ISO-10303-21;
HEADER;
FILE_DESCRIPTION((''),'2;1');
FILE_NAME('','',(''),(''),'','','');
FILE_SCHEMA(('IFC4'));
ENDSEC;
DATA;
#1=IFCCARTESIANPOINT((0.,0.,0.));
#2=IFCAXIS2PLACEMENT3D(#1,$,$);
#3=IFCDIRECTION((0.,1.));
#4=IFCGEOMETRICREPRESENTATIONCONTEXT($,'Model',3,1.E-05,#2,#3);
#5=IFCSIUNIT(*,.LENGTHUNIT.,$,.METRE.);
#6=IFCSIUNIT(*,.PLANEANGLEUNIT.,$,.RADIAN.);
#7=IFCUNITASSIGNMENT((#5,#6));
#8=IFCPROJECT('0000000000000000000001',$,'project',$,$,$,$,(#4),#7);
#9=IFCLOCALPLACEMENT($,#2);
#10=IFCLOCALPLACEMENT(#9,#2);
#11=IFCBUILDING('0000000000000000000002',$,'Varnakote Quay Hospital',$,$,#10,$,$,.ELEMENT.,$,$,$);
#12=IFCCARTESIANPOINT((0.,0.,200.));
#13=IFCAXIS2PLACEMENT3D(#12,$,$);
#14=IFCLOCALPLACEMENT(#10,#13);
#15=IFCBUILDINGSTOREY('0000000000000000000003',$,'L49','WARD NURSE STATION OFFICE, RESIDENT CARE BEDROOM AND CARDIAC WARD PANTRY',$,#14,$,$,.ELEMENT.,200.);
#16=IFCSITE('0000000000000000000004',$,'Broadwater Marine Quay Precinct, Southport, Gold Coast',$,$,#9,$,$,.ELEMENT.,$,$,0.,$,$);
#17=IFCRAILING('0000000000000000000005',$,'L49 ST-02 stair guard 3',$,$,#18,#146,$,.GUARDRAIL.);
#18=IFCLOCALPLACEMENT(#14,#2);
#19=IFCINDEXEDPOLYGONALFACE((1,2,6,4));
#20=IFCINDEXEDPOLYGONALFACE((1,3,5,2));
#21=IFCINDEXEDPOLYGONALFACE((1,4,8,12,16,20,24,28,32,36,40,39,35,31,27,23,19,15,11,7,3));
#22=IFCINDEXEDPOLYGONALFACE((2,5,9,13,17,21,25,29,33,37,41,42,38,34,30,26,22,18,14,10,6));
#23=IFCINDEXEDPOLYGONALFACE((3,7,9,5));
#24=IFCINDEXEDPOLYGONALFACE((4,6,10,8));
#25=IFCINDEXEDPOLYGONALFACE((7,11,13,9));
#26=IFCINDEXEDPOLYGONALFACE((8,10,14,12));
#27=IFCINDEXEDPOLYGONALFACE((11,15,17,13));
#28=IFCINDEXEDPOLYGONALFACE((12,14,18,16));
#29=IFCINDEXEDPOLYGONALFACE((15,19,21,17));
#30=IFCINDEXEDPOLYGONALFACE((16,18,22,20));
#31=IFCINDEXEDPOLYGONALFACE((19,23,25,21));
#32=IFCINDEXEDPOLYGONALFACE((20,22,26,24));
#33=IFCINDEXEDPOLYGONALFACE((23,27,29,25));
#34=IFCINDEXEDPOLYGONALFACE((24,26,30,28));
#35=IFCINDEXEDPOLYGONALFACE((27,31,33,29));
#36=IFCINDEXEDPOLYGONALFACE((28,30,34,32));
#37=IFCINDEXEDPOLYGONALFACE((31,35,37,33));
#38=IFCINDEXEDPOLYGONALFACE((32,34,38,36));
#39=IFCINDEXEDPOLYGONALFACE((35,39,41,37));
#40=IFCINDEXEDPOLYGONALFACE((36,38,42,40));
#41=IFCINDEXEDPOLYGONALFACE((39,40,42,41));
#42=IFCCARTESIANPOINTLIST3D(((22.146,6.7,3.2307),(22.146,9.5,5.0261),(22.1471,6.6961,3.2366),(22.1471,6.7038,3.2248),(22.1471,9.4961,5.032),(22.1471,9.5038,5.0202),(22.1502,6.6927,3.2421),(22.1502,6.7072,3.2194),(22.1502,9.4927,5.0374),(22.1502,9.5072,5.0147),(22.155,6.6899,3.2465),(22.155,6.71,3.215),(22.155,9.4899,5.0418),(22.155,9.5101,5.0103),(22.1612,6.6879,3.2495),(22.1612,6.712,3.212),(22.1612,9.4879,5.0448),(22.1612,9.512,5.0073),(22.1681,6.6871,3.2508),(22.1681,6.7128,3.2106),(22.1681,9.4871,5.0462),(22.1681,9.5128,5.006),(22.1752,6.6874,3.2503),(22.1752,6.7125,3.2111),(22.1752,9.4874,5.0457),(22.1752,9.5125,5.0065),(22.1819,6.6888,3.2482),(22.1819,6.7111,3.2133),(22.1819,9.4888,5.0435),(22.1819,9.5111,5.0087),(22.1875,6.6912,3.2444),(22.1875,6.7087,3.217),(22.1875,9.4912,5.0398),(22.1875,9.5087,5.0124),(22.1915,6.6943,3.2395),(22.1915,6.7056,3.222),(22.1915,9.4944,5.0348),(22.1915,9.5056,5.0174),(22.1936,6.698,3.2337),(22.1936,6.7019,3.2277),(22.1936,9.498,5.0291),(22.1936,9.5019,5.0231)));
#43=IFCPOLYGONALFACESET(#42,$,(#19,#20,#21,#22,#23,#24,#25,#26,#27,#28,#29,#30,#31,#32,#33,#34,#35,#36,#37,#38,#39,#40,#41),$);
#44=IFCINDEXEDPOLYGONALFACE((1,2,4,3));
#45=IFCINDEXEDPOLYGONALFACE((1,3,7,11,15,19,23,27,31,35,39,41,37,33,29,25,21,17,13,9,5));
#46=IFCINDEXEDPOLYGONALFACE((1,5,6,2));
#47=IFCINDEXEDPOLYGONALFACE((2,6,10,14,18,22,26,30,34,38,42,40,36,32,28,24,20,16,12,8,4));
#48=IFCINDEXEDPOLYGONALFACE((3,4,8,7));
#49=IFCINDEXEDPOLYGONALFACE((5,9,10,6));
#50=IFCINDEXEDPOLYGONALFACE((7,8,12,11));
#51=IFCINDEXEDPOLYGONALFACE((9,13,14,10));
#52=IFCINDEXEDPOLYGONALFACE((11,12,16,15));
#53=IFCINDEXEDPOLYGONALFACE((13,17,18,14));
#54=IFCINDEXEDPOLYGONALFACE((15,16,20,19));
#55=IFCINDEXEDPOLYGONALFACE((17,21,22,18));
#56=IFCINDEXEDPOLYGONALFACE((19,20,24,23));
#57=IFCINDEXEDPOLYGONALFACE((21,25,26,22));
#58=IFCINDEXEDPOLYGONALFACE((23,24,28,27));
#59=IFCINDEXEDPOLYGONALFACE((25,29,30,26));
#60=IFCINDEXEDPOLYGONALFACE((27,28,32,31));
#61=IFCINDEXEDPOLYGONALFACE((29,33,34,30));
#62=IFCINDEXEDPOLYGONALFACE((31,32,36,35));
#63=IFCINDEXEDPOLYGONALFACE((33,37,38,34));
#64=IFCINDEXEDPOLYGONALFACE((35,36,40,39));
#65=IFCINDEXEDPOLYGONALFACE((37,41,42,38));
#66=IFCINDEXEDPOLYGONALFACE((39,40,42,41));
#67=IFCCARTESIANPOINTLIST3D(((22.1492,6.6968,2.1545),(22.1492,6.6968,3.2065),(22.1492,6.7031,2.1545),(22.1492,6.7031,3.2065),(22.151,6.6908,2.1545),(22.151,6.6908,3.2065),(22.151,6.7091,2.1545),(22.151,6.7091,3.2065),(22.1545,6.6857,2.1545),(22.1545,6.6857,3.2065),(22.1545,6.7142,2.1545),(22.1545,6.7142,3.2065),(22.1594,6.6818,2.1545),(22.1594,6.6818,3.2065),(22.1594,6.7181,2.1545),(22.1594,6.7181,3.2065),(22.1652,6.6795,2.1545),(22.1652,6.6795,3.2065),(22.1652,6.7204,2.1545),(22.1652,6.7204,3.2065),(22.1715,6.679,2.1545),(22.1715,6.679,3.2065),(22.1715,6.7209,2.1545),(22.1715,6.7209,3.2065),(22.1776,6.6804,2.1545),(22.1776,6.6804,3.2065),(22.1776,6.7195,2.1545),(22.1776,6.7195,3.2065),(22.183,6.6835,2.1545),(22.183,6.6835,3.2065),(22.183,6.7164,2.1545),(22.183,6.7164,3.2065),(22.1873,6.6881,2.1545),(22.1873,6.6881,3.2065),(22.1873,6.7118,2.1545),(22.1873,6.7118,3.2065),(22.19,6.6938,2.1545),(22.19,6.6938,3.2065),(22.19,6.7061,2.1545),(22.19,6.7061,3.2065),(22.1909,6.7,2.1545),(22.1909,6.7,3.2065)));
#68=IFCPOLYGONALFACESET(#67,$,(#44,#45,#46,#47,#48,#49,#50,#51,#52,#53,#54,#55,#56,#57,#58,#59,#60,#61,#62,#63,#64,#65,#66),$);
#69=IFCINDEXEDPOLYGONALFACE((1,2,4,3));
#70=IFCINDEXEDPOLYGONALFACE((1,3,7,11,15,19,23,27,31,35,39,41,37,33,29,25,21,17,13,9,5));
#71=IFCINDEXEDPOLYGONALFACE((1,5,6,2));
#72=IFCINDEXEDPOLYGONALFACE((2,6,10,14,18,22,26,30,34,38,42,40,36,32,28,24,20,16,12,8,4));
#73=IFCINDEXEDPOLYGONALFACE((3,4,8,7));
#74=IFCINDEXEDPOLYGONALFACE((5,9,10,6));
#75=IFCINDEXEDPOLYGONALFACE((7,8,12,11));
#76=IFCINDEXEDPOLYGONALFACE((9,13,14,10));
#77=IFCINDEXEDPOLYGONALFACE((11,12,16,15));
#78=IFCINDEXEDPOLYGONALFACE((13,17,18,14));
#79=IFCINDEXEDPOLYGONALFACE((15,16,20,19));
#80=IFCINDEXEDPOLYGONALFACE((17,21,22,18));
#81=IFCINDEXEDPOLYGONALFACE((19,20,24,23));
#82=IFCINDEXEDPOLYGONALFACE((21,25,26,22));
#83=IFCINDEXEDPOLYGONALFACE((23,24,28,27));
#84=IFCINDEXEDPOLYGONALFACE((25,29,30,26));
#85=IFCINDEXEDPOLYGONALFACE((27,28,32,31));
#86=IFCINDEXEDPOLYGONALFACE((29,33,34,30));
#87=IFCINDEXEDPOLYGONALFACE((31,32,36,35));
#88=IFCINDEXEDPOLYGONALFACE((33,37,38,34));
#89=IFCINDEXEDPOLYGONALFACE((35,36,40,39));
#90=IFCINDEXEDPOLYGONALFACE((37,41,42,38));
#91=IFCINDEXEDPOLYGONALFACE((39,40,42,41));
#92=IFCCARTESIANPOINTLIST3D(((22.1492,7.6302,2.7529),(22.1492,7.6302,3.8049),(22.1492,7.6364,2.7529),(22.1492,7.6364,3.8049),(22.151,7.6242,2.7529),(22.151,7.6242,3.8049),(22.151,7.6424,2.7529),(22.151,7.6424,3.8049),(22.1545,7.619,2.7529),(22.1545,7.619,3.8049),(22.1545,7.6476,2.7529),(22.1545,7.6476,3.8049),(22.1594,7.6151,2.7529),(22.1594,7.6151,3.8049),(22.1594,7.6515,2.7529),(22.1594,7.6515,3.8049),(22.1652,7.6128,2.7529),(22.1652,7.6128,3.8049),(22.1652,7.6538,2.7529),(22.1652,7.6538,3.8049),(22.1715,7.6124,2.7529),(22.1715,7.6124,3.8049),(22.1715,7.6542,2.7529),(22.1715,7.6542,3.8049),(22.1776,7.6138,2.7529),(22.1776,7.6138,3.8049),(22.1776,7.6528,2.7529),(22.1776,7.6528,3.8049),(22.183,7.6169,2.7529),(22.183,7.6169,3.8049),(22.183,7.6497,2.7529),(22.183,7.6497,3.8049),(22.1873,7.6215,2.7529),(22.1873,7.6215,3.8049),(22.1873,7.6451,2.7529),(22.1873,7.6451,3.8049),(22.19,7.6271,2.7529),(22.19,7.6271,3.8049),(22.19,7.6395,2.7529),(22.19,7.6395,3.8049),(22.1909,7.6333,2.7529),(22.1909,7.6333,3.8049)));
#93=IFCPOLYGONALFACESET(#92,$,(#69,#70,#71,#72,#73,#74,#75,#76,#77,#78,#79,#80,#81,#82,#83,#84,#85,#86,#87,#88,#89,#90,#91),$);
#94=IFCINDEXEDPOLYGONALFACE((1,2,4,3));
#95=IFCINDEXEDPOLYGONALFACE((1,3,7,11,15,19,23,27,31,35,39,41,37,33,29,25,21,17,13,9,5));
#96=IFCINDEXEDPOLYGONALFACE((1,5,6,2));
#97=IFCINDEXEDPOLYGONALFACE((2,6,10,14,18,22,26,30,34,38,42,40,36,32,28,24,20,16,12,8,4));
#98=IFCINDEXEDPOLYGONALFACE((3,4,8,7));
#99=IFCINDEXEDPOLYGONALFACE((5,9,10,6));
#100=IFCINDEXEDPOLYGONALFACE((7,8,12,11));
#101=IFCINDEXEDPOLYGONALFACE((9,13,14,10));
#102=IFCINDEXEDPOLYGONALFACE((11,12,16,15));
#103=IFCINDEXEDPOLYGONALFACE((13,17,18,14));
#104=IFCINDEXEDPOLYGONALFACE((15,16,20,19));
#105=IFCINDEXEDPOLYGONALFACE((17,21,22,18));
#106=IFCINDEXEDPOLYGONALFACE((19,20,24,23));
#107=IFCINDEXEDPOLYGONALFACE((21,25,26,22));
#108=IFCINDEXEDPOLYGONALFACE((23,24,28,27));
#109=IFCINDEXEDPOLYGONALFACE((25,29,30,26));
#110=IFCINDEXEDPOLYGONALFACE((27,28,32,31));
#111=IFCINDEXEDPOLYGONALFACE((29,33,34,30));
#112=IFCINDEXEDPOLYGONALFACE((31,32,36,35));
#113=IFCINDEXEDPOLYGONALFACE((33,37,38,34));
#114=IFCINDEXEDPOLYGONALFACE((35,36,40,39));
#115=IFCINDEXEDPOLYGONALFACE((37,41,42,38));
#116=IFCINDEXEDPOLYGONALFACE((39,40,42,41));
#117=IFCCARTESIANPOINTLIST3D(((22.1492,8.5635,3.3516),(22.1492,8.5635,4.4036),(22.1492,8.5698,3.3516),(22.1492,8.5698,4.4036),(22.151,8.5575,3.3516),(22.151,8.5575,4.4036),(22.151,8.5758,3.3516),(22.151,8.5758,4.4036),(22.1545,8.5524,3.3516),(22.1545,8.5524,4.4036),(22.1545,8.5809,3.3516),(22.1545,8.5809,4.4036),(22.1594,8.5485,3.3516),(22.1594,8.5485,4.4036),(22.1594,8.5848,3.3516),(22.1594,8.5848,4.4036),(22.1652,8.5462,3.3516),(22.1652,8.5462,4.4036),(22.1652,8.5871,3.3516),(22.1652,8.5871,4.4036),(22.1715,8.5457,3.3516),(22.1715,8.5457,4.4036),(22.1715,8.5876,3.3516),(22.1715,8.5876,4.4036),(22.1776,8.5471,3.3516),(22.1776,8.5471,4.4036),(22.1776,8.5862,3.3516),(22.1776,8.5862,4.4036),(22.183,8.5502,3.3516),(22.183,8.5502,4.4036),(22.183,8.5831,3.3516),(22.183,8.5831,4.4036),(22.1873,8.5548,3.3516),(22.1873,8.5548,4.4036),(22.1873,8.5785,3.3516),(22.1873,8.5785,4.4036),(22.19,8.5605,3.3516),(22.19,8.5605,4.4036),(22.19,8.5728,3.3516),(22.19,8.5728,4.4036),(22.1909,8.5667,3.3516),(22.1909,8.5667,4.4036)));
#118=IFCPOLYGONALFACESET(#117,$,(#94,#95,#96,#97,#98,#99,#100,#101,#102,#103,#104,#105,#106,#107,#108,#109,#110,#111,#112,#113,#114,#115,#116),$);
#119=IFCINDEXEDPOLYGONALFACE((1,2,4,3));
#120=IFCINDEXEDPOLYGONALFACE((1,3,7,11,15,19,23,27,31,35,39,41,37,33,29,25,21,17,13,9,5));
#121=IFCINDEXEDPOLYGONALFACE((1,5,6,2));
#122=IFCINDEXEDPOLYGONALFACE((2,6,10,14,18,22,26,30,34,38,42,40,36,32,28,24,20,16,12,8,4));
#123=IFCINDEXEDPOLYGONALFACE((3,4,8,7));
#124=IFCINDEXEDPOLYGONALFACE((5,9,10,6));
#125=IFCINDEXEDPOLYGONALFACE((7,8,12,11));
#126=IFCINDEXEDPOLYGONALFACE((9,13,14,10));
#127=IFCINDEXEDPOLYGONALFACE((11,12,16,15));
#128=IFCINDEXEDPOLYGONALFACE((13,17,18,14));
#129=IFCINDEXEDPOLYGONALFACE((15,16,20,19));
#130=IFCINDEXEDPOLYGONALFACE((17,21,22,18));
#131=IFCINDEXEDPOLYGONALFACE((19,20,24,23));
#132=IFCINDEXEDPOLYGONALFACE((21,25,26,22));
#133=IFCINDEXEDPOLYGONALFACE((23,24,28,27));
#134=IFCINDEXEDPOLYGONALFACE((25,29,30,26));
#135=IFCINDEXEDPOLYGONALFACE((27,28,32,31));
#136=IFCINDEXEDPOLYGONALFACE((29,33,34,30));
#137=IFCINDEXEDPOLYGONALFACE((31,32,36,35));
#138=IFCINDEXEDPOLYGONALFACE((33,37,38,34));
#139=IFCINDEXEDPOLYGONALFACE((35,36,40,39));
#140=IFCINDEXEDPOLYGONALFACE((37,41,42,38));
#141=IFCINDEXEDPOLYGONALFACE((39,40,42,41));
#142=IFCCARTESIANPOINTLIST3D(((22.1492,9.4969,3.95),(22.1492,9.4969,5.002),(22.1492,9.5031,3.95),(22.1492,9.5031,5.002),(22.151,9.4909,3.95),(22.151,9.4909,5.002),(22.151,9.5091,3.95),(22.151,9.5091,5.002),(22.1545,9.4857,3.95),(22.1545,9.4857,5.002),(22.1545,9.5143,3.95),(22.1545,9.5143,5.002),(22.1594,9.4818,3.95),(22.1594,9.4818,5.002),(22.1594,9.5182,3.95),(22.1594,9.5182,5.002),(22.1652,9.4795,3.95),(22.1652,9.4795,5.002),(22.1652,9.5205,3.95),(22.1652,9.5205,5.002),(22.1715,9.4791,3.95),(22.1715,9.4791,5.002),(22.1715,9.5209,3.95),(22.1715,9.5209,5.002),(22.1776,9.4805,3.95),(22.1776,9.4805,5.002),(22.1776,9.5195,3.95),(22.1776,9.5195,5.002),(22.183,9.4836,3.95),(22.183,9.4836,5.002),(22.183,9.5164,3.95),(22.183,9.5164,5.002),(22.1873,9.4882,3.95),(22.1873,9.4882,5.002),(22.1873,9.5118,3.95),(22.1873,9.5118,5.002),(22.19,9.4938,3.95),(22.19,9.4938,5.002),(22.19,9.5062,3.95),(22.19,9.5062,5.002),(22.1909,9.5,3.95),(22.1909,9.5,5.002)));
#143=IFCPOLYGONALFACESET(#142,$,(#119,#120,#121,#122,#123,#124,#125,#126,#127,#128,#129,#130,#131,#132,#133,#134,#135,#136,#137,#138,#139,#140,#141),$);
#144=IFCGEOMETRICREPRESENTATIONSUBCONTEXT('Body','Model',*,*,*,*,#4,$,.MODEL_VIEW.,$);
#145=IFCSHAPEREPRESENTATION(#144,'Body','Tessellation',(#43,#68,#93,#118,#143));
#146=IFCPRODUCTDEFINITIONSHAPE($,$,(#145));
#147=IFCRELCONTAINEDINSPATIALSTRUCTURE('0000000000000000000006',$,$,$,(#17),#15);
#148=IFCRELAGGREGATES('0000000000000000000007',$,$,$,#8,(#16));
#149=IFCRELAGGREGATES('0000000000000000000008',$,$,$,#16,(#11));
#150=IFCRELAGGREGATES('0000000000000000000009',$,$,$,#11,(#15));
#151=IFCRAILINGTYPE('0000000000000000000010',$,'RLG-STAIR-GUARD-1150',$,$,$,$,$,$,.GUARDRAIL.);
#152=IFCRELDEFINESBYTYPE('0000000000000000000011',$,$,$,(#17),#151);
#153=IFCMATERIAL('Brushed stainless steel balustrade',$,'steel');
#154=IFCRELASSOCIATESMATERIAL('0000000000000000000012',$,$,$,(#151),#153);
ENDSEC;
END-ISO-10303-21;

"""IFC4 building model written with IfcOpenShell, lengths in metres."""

from ifc_helpers import new_model, si_unit, direction, frame, origin, origin_2d, place, context, subcontext, project, spatial, circle, extrude, material, type_object, element, save


model = new_model("IFC4")

# Units and contexts
model_context = context("Model", 3, precision=1e-05, world=origin(), true_north=direction((0.0, 1.0)))
body_context = subcontext(model_context, "Body", "Model", "MODEL_VIEW")
ifc_project = project(units=[si_unit("LENGTHUNIT", "METRE"), si_unit("PLANEANGLEUNIT", "RADIAN")], contexts=[model_context])

# Site, building, storey
site_placement = place(None, origin())
site = spatial("IfcSite", under=ifc_project, at=site_placement, Name="Broadwater Marine Quay Precinct, Southport, Gold Coast", CompositionType="ELEMENT", RefElevation=0.0)
building_placement = place(site_placement, origin())
building = spatial("IfcBuilding", under=site, at=building_placement, Name="Varnakote Quay Hospital", CompositionType="ELEMENT")
storey_placement = place(building_placement, frame((0.0, 0.0, 200.0)))
storey = spatial("IfcBuildingStorey", under=building, at=storey_placement, Name="L49", Description="WARD NURSE STATION OFFICE, RESIDENT CARE BEDROOM AND CARDIAC WARD PANTRY", CompositionType="ELEMENT", Elevation=200.0)

# Railing
ifc_material_1 = material(Name="Brushed stainless steel balustrade", Category="steel")
railing_type_1 = type_object("IfcRailingType", Name="RLG-STAIR-GUARD-1150", PredefinedType="GUARDRAIL", material=ifc_material_1)
railing_1_placement = place(storey_placement, frame((22.1699, 6.7, 2.1545)))
element("IfcRailing", 1, at=railing_1_placement, inside=storey, type_object=railing_type_1, Name="L49 ST-02 stair guard 3", PredefinedType="GUARDRAIL", context=body_context, shape_type="SweptSolid", body=[
    extrude(circle(Radius=0.0239, at=origin_2d()), frame((0.0, 0.0, 1.0762), z_axis=(0.0, 0.84181, 0.539774), x_axis=(-1.0, 0.0, 0.0)), (0.0, 0.0, 1.0), 3.3262),
    extrude(circle(Radius=0.021, at=origin_2d()), origin(), (0.0, 0.0, 1.0), 1.052),
    extrude(circle(Radius=0.021, at=origin_2d()), frame((0.0, 0.9333, 0.5984)), (0.0, 0.0, 1.0), 1.052),
    extrude(circle(Radius=0.021, at=origin_2d()), frame((0.0, 1.8667, 1.197)), (0.0, 0.0, 1.0), 1.052),
    extrude(circle(Radius=0.021, at=origin_2d()), frame((0.0, 2.8, 1.7954)), (0.0, 0.0, 1.0), 1.052),
])

save(model, "model.ifc")
